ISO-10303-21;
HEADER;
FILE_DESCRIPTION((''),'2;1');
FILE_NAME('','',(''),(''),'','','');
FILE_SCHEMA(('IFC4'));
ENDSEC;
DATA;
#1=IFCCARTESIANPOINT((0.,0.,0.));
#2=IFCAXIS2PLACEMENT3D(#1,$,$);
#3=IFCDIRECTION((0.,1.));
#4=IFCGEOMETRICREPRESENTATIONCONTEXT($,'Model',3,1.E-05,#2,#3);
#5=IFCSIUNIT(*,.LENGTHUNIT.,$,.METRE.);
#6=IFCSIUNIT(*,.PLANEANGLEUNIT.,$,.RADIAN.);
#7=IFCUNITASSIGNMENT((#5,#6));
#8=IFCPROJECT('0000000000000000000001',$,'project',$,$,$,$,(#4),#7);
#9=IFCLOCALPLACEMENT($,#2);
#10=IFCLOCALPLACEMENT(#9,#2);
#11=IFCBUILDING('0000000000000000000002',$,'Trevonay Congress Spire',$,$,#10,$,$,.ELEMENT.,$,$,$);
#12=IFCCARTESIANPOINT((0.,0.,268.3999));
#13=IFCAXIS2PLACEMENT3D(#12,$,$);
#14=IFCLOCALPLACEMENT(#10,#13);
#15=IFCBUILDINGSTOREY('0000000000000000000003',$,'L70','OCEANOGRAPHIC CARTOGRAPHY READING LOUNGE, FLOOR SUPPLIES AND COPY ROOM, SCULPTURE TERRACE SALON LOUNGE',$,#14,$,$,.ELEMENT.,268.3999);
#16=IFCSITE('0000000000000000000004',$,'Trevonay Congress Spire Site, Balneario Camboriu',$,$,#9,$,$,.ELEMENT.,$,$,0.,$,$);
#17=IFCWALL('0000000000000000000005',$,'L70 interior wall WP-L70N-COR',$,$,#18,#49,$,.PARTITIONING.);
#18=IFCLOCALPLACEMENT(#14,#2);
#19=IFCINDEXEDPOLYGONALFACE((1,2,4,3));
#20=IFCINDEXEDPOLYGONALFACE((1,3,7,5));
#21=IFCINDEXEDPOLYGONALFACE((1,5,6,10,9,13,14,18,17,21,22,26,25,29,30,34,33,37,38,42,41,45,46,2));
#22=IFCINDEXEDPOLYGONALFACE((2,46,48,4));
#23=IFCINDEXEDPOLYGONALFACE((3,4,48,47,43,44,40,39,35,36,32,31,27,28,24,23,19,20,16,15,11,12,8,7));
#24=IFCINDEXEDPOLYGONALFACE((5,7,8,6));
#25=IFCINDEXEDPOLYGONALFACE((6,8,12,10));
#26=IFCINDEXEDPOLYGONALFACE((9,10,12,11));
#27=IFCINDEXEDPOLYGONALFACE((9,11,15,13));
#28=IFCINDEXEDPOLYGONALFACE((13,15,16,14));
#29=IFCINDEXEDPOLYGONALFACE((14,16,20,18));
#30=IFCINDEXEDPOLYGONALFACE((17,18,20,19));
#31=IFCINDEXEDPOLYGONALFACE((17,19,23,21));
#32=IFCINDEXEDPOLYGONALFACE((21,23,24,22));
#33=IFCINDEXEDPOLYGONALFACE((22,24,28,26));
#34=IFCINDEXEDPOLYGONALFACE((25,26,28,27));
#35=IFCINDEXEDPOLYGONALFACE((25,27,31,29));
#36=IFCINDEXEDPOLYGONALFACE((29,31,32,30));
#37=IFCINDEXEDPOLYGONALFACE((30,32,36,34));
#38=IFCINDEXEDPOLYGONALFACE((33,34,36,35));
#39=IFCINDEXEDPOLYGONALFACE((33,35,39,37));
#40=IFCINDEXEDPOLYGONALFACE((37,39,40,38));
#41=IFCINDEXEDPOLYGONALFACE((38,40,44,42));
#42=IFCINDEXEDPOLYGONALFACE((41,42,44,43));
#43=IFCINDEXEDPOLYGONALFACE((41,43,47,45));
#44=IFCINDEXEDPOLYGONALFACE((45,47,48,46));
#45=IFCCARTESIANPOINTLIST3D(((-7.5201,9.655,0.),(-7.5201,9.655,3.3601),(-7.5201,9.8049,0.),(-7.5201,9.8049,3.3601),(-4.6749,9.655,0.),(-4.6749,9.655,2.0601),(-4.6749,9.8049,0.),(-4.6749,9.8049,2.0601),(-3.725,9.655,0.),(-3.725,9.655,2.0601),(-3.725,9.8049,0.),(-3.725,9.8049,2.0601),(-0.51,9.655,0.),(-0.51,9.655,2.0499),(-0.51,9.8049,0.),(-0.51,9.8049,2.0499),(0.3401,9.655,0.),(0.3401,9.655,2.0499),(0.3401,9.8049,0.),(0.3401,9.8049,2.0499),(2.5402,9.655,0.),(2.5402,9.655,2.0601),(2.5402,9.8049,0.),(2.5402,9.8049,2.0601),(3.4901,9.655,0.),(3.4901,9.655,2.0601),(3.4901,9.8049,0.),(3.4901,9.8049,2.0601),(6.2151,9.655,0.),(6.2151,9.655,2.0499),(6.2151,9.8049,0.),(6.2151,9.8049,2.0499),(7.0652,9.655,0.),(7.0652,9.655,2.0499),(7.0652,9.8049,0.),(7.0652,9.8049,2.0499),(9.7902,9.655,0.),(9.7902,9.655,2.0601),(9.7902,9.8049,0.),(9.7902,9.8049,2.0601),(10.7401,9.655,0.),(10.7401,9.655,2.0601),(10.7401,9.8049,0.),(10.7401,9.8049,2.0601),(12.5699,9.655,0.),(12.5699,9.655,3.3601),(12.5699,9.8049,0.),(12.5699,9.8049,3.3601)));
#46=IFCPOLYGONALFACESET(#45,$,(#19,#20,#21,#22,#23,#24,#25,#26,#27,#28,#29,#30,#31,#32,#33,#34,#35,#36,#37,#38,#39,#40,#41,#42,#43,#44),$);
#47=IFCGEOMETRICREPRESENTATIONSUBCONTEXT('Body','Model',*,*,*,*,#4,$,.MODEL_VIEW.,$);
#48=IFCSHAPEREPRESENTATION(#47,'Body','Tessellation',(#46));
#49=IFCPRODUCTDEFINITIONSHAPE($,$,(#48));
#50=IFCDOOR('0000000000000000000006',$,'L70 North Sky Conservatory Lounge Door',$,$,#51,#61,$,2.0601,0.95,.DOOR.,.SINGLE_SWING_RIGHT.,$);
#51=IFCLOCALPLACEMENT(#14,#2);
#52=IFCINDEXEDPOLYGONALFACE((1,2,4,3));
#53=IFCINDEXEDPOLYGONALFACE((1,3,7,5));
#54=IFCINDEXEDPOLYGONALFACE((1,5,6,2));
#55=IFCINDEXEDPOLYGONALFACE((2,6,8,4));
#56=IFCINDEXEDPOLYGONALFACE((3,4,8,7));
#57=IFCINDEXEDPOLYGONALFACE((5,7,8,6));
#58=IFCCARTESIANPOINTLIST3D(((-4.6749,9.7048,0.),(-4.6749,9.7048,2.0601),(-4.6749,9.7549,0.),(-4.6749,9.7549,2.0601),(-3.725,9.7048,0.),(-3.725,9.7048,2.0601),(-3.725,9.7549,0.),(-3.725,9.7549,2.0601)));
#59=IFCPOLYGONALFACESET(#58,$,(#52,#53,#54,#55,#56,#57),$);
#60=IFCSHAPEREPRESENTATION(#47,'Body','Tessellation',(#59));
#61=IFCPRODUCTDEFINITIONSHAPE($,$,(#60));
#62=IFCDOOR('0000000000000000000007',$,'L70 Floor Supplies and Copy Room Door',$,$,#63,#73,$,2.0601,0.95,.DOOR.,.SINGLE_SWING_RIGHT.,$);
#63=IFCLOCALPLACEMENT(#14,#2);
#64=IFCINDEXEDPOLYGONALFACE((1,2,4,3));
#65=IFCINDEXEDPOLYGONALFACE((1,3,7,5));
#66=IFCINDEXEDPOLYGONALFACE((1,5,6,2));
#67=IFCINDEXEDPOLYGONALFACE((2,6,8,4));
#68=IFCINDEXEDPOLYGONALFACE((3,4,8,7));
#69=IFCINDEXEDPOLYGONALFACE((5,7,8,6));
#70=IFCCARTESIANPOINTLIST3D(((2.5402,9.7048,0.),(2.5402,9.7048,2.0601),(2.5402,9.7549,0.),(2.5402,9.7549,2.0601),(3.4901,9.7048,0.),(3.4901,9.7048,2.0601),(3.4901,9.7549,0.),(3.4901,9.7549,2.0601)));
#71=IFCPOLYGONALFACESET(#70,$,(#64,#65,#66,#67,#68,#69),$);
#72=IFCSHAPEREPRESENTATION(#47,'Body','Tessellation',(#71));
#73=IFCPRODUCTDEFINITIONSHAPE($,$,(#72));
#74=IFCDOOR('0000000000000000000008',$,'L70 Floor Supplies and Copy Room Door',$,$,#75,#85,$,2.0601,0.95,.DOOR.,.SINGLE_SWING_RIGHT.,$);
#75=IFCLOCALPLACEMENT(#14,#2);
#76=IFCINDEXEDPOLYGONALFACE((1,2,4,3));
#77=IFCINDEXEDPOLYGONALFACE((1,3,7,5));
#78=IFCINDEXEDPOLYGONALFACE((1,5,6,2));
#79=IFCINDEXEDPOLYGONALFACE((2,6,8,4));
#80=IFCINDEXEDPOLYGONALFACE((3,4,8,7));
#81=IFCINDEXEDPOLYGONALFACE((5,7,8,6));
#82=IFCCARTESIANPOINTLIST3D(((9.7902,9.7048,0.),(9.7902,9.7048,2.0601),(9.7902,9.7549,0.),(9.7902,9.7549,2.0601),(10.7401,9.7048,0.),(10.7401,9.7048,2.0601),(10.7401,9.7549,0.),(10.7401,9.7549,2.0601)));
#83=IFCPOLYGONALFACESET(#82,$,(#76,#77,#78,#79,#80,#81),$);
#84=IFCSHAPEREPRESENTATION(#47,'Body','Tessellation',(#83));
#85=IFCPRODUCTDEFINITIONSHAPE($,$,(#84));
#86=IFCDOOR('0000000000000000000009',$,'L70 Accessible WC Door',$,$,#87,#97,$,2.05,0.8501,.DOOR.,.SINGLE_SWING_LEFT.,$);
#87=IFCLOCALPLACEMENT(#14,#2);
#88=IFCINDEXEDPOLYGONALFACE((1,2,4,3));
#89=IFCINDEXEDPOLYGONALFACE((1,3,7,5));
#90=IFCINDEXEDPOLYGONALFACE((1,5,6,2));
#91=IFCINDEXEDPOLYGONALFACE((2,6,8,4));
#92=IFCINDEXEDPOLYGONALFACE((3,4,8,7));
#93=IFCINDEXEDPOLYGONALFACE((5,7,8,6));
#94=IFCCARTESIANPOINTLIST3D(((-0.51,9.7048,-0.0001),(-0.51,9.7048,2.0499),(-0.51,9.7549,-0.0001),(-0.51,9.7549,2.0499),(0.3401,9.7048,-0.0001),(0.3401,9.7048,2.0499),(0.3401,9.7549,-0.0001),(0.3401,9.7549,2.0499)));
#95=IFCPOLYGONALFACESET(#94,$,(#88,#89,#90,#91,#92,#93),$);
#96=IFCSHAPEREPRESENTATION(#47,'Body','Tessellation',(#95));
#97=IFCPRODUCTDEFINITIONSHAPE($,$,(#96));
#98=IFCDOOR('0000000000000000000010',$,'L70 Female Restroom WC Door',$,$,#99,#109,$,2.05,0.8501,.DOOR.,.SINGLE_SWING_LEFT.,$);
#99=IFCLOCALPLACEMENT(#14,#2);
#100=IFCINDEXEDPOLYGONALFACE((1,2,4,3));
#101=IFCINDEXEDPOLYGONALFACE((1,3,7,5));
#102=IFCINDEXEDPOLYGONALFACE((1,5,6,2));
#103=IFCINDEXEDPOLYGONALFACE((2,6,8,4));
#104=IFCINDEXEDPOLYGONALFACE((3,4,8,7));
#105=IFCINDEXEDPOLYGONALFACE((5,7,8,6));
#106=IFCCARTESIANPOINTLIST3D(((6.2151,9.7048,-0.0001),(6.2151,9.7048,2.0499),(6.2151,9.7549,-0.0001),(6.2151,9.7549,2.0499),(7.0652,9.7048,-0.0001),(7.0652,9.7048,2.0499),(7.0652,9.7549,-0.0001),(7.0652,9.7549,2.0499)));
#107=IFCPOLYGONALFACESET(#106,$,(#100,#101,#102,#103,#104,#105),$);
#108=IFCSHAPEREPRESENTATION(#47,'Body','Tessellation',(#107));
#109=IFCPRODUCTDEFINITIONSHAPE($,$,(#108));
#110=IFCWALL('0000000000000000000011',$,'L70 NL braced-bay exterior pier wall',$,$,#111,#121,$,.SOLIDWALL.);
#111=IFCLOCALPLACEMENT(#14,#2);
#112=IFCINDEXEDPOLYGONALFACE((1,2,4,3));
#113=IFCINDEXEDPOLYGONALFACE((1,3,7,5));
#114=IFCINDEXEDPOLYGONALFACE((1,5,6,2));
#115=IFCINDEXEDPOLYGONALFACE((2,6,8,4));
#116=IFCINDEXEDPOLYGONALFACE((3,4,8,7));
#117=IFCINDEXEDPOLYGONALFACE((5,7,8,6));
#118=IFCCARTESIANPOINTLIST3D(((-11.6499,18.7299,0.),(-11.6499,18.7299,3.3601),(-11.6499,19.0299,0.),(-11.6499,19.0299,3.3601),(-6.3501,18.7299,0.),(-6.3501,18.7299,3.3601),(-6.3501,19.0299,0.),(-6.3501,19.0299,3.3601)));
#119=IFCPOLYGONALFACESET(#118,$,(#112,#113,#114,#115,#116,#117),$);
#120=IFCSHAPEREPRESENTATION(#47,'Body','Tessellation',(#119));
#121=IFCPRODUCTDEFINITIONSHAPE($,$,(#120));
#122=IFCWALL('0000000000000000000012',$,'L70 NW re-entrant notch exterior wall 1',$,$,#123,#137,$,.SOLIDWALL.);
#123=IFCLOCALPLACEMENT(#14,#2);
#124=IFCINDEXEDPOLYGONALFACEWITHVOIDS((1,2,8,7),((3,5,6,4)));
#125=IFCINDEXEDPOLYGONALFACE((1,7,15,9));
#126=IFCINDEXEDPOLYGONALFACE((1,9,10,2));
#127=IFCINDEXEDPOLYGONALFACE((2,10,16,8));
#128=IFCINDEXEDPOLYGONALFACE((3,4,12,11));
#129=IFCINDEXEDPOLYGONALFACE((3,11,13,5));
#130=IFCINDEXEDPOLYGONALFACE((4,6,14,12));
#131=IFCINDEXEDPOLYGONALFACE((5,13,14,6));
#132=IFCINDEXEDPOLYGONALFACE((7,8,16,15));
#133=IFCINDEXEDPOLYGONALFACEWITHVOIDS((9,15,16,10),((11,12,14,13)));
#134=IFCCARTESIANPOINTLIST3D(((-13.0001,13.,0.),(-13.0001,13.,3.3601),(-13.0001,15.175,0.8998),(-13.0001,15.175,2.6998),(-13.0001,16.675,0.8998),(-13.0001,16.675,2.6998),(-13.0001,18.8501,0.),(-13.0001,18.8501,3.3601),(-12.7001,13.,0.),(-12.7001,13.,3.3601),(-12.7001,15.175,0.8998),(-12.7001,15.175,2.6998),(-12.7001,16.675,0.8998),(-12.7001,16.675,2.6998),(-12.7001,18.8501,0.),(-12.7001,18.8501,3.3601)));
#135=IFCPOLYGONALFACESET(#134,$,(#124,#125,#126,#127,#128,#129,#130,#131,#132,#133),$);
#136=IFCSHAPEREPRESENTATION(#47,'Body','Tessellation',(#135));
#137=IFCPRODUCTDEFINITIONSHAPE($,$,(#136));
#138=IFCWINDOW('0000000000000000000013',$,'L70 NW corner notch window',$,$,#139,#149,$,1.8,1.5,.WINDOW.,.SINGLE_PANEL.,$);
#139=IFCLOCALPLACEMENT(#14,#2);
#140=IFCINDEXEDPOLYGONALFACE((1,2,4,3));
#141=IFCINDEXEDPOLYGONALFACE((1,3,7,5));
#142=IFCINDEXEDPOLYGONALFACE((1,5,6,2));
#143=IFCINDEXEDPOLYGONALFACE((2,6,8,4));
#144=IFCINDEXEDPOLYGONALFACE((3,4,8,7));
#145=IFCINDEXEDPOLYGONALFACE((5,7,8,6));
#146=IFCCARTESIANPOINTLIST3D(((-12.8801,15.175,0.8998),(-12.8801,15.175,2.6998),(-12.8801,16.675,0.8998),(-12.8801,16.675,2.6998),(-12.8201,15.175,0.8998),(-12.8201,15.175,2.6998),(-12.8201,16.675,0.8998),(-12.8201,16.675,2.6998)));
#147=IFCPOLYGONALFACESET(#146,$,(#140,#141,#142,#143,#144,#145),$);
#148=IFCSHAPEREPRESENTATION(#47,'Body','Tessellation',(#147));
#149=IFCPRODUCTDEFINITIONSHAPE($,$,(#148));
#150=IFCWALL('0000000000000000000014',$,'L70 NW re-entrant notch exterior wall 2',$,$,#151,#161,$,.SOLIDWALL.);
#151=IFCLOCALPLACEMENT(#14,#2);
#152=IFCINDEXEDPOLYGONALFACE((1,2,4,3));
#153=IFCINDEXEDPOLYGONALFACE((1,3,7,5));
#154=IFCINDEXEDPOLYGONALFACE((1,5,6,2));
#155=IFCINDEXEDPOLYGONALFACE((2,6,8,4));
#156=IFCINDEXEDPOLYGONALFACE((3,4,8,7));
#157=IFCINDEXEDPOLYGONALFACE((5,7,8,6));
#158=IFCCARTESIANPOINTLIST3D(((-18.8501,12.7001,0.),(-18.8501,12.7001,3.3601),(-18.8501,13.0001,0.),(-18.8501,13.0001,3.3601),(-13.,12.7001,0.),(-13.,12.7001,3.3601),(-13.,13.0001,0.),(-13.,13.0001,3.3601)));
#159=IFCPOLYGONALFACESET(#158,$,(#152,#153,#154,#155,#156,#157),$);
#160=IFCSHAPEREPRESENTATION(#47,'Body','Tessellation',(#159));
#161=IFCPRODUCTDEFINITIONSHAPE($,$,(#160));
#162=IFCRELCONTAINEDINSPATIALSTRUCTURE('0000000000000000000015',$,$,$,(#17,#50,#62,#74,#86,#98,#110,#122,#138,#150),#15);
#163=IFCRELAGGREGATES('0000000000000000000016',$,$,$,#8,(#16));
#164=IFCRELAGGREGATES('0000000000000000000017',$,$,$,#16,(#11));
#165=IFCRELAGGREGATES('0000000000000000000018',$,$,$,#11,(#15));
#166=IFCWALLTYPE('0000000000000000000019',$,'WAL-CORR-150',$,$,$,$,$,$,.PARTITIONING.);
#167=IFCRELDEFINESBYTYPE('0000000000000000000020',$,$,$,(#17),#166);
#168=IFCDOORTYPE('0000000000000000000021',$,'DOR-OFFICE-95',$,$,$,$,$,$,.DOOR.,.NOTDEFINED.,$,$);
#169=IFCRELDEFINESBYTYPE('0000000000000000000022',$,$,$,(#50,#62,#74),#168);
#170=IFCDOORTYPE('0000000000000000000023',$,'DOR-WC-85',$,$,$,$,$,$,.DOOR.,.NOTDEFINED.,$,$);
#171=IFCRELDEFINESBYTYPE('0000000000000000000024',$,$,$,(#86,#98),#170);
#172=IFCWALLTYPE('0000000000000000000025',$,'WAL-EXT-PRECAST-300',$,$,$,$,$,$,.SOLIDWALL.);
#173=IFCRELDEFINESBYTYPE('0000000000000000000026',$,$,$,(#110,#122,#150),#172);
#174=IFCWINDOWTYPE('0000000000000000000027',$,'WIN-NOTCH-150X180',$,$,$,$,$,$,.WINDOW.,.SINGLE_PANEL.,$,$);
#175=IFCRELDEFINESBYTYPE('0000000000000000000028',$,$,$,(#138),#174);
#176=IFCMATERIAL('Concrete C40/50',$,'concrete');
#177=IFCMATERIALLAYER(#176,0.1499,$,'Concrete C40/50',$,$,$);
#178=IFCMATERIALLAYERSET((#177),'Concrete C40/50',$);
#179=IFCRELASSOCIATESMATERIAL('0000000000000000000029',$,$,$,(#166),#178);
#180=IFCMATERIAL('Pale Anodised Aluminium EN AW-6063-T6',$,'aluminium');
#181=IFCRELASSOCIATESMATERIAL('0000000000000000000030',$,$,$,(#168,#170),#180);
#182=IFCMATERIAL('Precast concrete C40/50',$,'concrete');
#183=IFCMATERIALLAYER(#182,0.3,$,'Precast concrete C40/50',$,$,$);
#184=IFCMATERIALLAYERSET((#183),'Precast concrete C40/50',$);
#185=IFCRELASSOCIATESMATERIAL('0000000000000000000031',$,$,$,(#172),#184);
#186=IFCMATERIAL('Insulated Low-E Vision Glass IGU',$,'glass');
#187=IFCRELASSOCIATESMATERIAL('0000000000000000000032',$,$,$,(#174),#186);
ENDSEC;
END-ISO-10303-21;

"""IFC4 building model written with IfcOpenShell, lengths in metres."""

from ifc_helpers import new_model, si_unit, direction, frame, frame_2d, origin, place, context, subcontext, project, spatial, rectangle, extrude, material, layer, layer_set, type_object, element, fill, save


model = new_model("IFC4")

# Units and contexts
model_context = context("Model", 3, precision=1e-05, world=origin(), true_north=direction((0.0, 1.0)))
body_context = subcontext(model_context, "Body", "Model", "MODEL_VIEW")
ifc_project = project(units=[si_unit("LENGTHUNIT", "METRE"), si_unit("PLANEANGLEUNIT", "RADIAN")], contexts=[model_context])

# Site, building, storey
site_placement = place(None, origin())
site = spatial("IfcSite", under=ifc_project, at=site_placement, Name="Trevonay Congress Spire Site, Balneario Camboriu", CompositionType="ELEMENT", RefElevation=0.0)
building_placement = place(site_placement, origin())
building = spatial("IfcBuilding", under=site, at=building_placement, Name="Trevonay Congress Spire", CompositionType="ELEMENT")
storey_placement = place(building_placement, frame((0.0, 0.0, 268.3999)))
storey = spatial("IfcBuildingStorey", under=building, at=storey_placement, Name="L70", Description="OCEANOGRAPHIC CARTOGRAPHY READING LOUNGE, FLOOR SUPPLIES AND COPY ROOM, SCULPTURE TERRACE SALON LOUNGE", CompositionType="ELEMENT", Elevation=268.3999)

# Wall, openings, doors
ifc_material_1 = material(Name="Concrete C40/50", Category="concrete")
ifc_layer_1 = layer(ifc_material_1, 0.1499, Name="Concrete C40/50")
ifc_layer_set_1 = layer_set([ifc_layer_1], Name="Concrete C40/50")
wall_type_1 = type_object("IfcWallType", Name="WAL-CORR-150", PredefinedType="PARTITIONING", material=ifc_layer_set_1)
wall_1_placement = place(storey_placement, frame((-7.52, 9.73, 0.0), z_axis=(0.0, 0.0, 1.0), x_axis=(1.0, 0.0, 0.0)))
wall_1 = element("IfcWall", 1, at=wall_1_placement, inside=storey, type_object=wall_type_1, Name="L70 interior wall WP-L70N-COR", PredefinedType="PARTITIONING", context=body_context, shape_type="SweptSolid", body=[
    extrude(rectangle(XDim=20.0901, YDim=0.1499, at=frame_2d((10.0449, 0.0))), origin(), (0.0, 0.0, 1.0), 3.3601),
])
opening_1_placement = place(wall_1_placement, frame((2.845, 0.0, 0.0)))
opening_1 = element("IfcOpeningElement", 2, at=opening_1_placement, cuts=wall_1, PredefinedType="OPENING", context=body_context, shape_type="SweptSolid", body=[
    extrude(rectangle(XDim=0.95, YDim=2.0601, at=frame_2d((0.4751, 1.03))), frame((0.0, 0.085, 0.0), z_axis=(0.0, -1.0, 0.0), x_axis=(1.0, 0.0, 0.0)), (0.0, 0.0, 1.0), 0.1699),
])
opening_2_placement = place(wall_1_placement, frame((7.01, 0.0, 0.0)))
opening_2 = element("IfcOpeningElement", 3, at=opening_2_placement, cuts=wall_1, PredefinedType="OPENING", context=body_context, shape_type="SweptSolid", body=[
    extrude(rectangle(XDim=0.8501, YDim=2.05, at=frame_2d((0.425, 1.0249))), frame((0.0, 0.085, 0.0), z_axis=(0.0, -1.0, 0.0), x_axis=(1.0, 0.0, 0.0)), (0.0, 0.0, 1.0), 0.1699),
])
opening_3_placement = place(wall_1_placement, frame((10.0601, 0.0, 0.0)))
opening_3 = element("IfcOpeningElement", 4, at=opening_3_placement, cuts=wall_1, PredefinedType="OPENING", context=body_context, shape_type="SweptSolid", body=[
    extrude(rectangle(XDim=0.95, YDim=2.0601, at=frame_2d((0.4751, 1.03))), frame((0.0, 0.085, 0.0), z_axis=(0.0, -1.0, 0.0), x_axis=(1.0, 0.0, 0.0)), (0.0, 0.0, 1.0), 0.1699),
])
opening_4_placement = place(wall_1_placement, frame((13.7351, 0.0, 0.0)))
opening_4 = element("IfcOpeningElement", 5, at=opening_4_placement, cuts=wall_1, PredefinedType="OPENING", context=body_context, shape_type="SweptSolid", body=[
    extrude(rectangle(XDim=0.8501, YDim=2.05, at=frame_2d((0.425, 1.0249))), frame((0.0, 0.085, 0.0), z_axis=(0.0, -1.0, 0.0), x_axis=(1.0, 0.0, 0.0)), (0.0, 0.0, 1.0), 0.1699),
])
opening_5_placement = place(wall_1_placement, frame((17.3101, 0.0, 0.0)))
opening_5 = element("IfcOpeningElement", 6, at=opening_5_placement, cuts=wall_1, PredefinedType="OPENING", context=body_context, shape_type="SweptSolid", body=[
    extrude(rectangle(XDim=0.95, YDim=2.0601, at=frame_2d((0.4751, 1.03))), frame((0.0, 0.085, 0.0), z_axis=(0.0, -1.0, 0.0), x_axis=(1.0, 0.0, 0.0)), (0.0, 0.0, 1.0), 0.1699),
])
ifc_material_2 = material(Name="Pale Anodised Aluminium EN AW-6063-T6", Category="aluminium")
door_type_1 = type_object("IfcDoorType", Name="DOR-OFFICE-95", OperationType="NOTDEFINED", PredefinedType="DOOR", material=ifc_material_2)
door_1_placement = place(opening_1_placement, origin())
door_1 = element("IfcDoor", 7, at=door_1_placement, inside=storey, type_object=door_type_1, Name="L70 North Sky Conservatory Lounge Door", OperationType="SINGLE_SWING_RIGHT", OverallHeight=2.0601, OverallWidth=0.95, PredefinedType="DOOR", context=body_context, shape_type="SweptSolid", body=[
    extrude(rectangle(XDim=0.95, YDim=2.0601, at=frame_2d((0.4751, 1.03))), frame((0.0, 0.0249, 0.0), z_axis=(0.0, -1.0, 0.0), x_axis=(1.0, 0.0, 0.0)), (0.0, 0.0, 1.0), 0.05),
])
fill(opening_1, door_1)
door_2_placement = place(opening_3_placement, origin())
door_2 = element("IfcDoor", 8, at=door_2_placement, inside=storey, type_object=door_type_1, Name="L70 Floor Supplies and Copy Room Door", OperationType="SINGLE_SWING_RIGHT", OverallHeight=2.0601, OverallWidth=0.95, PredefinedType="DOOR", context=body_context, shape_type="SweptSolid", body=[
    extrude(rectangle(XDim=0.95, YDim=2.0601, at=frame_2d((0.4751, 1.03))), frame((0.0, 0.0249, 0.0), z_axis=(0.0, -1.0, 0.0), x_axis=(1.0, 0.0, 0.0)), (0.0, 0.0, 1.0), 0.05),
])
fill(opening_3, door_2)
door_3_placement = place(opening_5_placement, origin())
door_3 = element("IfcDoor", 9, at=door_3_placement, inside=storey, type_object=door_type_1, Name="L70 Floor Supplies and Copy Room Door", OperationType="SINGLE_SWING_RIGHT", OverallHeight=2.0601, OverallWidth=0.95, PredefinedType="DOOR", context=body_context, shape_type="SweptSolid", body=[
    extrude(rectangle(XDim=0.95, YDim=2.0601, at=frame_2d((0.4751, 1.03))), frame((0.0, 0.0249, 0.0), z_axis=(0.0, -1.0, 0.0), x_axis=(1.0, 0.0, 0.0)), (0.0, 0.0, 1.0), 0.05),
])
fill(opening_5, door_3)
door_type_2 = type_object("IfcDoorType", Name="DOR-WC-85", OperationType="NOTDEFINED", PredefinedType="DOOR", material=ifc_material_2)
door_4_placement = place(opening_2_placement, origin())
door_4 = element("IfcDoor", 10, at=door_4_placement, inside=storey, type_object=door_type_2, Name="L70 Accessible WC Door", OperationType="SINGLE_SWING_LEFT", OverallHeight=2.05, OverallWidth=0.8501, PredefinedType="DOOR", context=body_context, shape_type="SweptSolid", body=[
    extrude(rectangle(XDim=0.8501, YDim=2.05, at=frame_2d((0.425, 1.0249))), frame((0.0, 0.0249, 0.0), z_axis=(0.0, -1.0, 0.0), x_axis=(1.0, 0.0, 0.0)), (0.0, 0.0, 1.0), 0.05),
])
fill(opening_2, door_4)
door_5_placement = place(opening_4_placement, origin())
door_5 = element("IfcDoor", 11, at=door_5_placement, inside=storey, type_object=door_type_2, Name="L70 Female Restroom WC Door", OperationType="SINGLE_SWING_LEFT", OverallHeight=2.05, OverallWidth=0.8501, PredefinedType="DOOR", context=body_context, shape_type="SweptSolid", body=[
    extrude(rectangle(XDim=0.8501, YDim=2.05, at=frame_2d((0.425, 1.0249))), frame((0.0, 0.0249, 0.0), z_axis=(0.0, -1.0, 0.0), x_axis=(1.0, 0.0, 0.0)), (0.0, 0.0, 1.0), 0.05),
])
fill(opening_4, door_5)

# Wall
ifc_material_3 = material(Name="Precast concrete C40/50", Category="concrete")
ifc_layer_2 = layer(ifc_material_3, 0.3, Name="Precast concrete C40/50")
ifc_layer_set_2 = layer_set([ifc_layer_2], Name="Precast concrete C40/50")
wall_type_2 = type_object("IfcWallType", Name="WAL-EXT-PRECAST-300", PredefinedType="SOLIDWALL", material=ifc_layer_set_2)
wall_2_placement = place(storey_placement, frame((-11.6499, 18.8799, 0.0), z_axis=(0.0, 0.0, 1.0), x_axis=(1.0, 0.0, 0.0)))
element("IfcWall", 12, at=wall_2_placement, inside=storey, type_object=wall_type_2, Name="L70 NL braced-bay exterior pier wall", PredefinedType="SOLIDWALL", context=body_context, shape_type="SweptSolid", body=[
    extrude(rectangle(XDim=5.2998, YDim=0.3, at=frame_2d((2.6499, 0.0))), origin(), (0.0, 0.0, 1.0), 3.3601),
])

# Wall, opening, window
wall_3_placement = place(storey_placement, frame((-12.8501, 18.8501, 0.0), z_axis=(0.0, 0.0, 1.0), x_axis=(0.0, -1.0, 0.0)))
wall_3 = element("IfcWall", 13, at=wall_3_placement, inside=storey, type_object=wall_type_2, Name="L70 NW re-entrant notch exterior wall 1", PredefinedType="SOLIDWALL", context=body_context, shape_type="SweptSolid", body=[
    extrude(rectangle(XDim=5.8501, YDim=0.3, at=frame_2d((2.925, 0.0))), origin(), (0.0, 0.0, 1.0), 3.3601),
])
opening_6_placement = place(wall_3_placement, frame((2.175, 0.0, 0.8999)))
opening_6 = element("IfcOpeningElement", 14, at=opening_6_placement, cuts=wall_3, PredefinedType="OPENING", context=body_context, shape_type="SweptSolid", body=[
    extrude(rectangle(XDim=1.5, YDim=1.8, at=frame_2d((0.75, 0.8999))), frame((0.0, 0.1602, 0.0), z_axis=(0.0, -1.0, 0.0), x_axis=(1.0, 0.0, 0.0)), (0.0, 0.0, 1.0), 0.3201),
])
ifc_material_4 = material(Name="Insulated Low-E Vision Glass IGU", Category="glass")
window_type = type_object("IfcWindowType", Name="WIN-NOTCH-150X180", PartitioningType="SINGLE_PANEL", PredefinedType="WINDOW", material=ifc_material_4)
window_placement = place(opening_6_placement, origin())
window = element("IfcWindow", 15, at=window_placement, inside=storey, type_object=window_type, Name="L70 NW corner notch window", OverallHeight=1.8, OverallWidth=1.5, PartitioningType="SINGLE_PANEL", PredefinedType="WINDOW", context=body_context, shape_type="SweptSolid", body=[
    extrude(rectangle(XDim=1.5, YDim=1.8, at=frame_2d((0.75, 0.8999))), frame((0.0, 0.03, 0.0), z_axis=(0.0, -1.0, 0.0), x_axis=(1.0, 0.0, 0.0)), (0.0, 0.0, 1.0), 0.0601),
])
fill(opening_6, window)

# Wall
wall_4_placement = place(storey_placement, frame((-18.8501, 12.8501, 0.0), z_axis=(0.0, 0.0, 1.0), x_axis=(1.0, 0.0, 0.0)))
element("IfcWall", 16, at=wall_4_placement, inside=storey, type_object=wall_type_2, Name="L70 NW re-entrant notch exterior wall 2", PredefinedType="SOLIDWALL", context=body_context, shape_type="SweptSolid", body=[
    extrude(rectangle(XDim=5.8501, YDim=0.3, at=frame_2d((2.925, 0.0))), origin(), (0.0, 0.0, 1.0), 3.3601),
])

save(model, "model.ifc")
